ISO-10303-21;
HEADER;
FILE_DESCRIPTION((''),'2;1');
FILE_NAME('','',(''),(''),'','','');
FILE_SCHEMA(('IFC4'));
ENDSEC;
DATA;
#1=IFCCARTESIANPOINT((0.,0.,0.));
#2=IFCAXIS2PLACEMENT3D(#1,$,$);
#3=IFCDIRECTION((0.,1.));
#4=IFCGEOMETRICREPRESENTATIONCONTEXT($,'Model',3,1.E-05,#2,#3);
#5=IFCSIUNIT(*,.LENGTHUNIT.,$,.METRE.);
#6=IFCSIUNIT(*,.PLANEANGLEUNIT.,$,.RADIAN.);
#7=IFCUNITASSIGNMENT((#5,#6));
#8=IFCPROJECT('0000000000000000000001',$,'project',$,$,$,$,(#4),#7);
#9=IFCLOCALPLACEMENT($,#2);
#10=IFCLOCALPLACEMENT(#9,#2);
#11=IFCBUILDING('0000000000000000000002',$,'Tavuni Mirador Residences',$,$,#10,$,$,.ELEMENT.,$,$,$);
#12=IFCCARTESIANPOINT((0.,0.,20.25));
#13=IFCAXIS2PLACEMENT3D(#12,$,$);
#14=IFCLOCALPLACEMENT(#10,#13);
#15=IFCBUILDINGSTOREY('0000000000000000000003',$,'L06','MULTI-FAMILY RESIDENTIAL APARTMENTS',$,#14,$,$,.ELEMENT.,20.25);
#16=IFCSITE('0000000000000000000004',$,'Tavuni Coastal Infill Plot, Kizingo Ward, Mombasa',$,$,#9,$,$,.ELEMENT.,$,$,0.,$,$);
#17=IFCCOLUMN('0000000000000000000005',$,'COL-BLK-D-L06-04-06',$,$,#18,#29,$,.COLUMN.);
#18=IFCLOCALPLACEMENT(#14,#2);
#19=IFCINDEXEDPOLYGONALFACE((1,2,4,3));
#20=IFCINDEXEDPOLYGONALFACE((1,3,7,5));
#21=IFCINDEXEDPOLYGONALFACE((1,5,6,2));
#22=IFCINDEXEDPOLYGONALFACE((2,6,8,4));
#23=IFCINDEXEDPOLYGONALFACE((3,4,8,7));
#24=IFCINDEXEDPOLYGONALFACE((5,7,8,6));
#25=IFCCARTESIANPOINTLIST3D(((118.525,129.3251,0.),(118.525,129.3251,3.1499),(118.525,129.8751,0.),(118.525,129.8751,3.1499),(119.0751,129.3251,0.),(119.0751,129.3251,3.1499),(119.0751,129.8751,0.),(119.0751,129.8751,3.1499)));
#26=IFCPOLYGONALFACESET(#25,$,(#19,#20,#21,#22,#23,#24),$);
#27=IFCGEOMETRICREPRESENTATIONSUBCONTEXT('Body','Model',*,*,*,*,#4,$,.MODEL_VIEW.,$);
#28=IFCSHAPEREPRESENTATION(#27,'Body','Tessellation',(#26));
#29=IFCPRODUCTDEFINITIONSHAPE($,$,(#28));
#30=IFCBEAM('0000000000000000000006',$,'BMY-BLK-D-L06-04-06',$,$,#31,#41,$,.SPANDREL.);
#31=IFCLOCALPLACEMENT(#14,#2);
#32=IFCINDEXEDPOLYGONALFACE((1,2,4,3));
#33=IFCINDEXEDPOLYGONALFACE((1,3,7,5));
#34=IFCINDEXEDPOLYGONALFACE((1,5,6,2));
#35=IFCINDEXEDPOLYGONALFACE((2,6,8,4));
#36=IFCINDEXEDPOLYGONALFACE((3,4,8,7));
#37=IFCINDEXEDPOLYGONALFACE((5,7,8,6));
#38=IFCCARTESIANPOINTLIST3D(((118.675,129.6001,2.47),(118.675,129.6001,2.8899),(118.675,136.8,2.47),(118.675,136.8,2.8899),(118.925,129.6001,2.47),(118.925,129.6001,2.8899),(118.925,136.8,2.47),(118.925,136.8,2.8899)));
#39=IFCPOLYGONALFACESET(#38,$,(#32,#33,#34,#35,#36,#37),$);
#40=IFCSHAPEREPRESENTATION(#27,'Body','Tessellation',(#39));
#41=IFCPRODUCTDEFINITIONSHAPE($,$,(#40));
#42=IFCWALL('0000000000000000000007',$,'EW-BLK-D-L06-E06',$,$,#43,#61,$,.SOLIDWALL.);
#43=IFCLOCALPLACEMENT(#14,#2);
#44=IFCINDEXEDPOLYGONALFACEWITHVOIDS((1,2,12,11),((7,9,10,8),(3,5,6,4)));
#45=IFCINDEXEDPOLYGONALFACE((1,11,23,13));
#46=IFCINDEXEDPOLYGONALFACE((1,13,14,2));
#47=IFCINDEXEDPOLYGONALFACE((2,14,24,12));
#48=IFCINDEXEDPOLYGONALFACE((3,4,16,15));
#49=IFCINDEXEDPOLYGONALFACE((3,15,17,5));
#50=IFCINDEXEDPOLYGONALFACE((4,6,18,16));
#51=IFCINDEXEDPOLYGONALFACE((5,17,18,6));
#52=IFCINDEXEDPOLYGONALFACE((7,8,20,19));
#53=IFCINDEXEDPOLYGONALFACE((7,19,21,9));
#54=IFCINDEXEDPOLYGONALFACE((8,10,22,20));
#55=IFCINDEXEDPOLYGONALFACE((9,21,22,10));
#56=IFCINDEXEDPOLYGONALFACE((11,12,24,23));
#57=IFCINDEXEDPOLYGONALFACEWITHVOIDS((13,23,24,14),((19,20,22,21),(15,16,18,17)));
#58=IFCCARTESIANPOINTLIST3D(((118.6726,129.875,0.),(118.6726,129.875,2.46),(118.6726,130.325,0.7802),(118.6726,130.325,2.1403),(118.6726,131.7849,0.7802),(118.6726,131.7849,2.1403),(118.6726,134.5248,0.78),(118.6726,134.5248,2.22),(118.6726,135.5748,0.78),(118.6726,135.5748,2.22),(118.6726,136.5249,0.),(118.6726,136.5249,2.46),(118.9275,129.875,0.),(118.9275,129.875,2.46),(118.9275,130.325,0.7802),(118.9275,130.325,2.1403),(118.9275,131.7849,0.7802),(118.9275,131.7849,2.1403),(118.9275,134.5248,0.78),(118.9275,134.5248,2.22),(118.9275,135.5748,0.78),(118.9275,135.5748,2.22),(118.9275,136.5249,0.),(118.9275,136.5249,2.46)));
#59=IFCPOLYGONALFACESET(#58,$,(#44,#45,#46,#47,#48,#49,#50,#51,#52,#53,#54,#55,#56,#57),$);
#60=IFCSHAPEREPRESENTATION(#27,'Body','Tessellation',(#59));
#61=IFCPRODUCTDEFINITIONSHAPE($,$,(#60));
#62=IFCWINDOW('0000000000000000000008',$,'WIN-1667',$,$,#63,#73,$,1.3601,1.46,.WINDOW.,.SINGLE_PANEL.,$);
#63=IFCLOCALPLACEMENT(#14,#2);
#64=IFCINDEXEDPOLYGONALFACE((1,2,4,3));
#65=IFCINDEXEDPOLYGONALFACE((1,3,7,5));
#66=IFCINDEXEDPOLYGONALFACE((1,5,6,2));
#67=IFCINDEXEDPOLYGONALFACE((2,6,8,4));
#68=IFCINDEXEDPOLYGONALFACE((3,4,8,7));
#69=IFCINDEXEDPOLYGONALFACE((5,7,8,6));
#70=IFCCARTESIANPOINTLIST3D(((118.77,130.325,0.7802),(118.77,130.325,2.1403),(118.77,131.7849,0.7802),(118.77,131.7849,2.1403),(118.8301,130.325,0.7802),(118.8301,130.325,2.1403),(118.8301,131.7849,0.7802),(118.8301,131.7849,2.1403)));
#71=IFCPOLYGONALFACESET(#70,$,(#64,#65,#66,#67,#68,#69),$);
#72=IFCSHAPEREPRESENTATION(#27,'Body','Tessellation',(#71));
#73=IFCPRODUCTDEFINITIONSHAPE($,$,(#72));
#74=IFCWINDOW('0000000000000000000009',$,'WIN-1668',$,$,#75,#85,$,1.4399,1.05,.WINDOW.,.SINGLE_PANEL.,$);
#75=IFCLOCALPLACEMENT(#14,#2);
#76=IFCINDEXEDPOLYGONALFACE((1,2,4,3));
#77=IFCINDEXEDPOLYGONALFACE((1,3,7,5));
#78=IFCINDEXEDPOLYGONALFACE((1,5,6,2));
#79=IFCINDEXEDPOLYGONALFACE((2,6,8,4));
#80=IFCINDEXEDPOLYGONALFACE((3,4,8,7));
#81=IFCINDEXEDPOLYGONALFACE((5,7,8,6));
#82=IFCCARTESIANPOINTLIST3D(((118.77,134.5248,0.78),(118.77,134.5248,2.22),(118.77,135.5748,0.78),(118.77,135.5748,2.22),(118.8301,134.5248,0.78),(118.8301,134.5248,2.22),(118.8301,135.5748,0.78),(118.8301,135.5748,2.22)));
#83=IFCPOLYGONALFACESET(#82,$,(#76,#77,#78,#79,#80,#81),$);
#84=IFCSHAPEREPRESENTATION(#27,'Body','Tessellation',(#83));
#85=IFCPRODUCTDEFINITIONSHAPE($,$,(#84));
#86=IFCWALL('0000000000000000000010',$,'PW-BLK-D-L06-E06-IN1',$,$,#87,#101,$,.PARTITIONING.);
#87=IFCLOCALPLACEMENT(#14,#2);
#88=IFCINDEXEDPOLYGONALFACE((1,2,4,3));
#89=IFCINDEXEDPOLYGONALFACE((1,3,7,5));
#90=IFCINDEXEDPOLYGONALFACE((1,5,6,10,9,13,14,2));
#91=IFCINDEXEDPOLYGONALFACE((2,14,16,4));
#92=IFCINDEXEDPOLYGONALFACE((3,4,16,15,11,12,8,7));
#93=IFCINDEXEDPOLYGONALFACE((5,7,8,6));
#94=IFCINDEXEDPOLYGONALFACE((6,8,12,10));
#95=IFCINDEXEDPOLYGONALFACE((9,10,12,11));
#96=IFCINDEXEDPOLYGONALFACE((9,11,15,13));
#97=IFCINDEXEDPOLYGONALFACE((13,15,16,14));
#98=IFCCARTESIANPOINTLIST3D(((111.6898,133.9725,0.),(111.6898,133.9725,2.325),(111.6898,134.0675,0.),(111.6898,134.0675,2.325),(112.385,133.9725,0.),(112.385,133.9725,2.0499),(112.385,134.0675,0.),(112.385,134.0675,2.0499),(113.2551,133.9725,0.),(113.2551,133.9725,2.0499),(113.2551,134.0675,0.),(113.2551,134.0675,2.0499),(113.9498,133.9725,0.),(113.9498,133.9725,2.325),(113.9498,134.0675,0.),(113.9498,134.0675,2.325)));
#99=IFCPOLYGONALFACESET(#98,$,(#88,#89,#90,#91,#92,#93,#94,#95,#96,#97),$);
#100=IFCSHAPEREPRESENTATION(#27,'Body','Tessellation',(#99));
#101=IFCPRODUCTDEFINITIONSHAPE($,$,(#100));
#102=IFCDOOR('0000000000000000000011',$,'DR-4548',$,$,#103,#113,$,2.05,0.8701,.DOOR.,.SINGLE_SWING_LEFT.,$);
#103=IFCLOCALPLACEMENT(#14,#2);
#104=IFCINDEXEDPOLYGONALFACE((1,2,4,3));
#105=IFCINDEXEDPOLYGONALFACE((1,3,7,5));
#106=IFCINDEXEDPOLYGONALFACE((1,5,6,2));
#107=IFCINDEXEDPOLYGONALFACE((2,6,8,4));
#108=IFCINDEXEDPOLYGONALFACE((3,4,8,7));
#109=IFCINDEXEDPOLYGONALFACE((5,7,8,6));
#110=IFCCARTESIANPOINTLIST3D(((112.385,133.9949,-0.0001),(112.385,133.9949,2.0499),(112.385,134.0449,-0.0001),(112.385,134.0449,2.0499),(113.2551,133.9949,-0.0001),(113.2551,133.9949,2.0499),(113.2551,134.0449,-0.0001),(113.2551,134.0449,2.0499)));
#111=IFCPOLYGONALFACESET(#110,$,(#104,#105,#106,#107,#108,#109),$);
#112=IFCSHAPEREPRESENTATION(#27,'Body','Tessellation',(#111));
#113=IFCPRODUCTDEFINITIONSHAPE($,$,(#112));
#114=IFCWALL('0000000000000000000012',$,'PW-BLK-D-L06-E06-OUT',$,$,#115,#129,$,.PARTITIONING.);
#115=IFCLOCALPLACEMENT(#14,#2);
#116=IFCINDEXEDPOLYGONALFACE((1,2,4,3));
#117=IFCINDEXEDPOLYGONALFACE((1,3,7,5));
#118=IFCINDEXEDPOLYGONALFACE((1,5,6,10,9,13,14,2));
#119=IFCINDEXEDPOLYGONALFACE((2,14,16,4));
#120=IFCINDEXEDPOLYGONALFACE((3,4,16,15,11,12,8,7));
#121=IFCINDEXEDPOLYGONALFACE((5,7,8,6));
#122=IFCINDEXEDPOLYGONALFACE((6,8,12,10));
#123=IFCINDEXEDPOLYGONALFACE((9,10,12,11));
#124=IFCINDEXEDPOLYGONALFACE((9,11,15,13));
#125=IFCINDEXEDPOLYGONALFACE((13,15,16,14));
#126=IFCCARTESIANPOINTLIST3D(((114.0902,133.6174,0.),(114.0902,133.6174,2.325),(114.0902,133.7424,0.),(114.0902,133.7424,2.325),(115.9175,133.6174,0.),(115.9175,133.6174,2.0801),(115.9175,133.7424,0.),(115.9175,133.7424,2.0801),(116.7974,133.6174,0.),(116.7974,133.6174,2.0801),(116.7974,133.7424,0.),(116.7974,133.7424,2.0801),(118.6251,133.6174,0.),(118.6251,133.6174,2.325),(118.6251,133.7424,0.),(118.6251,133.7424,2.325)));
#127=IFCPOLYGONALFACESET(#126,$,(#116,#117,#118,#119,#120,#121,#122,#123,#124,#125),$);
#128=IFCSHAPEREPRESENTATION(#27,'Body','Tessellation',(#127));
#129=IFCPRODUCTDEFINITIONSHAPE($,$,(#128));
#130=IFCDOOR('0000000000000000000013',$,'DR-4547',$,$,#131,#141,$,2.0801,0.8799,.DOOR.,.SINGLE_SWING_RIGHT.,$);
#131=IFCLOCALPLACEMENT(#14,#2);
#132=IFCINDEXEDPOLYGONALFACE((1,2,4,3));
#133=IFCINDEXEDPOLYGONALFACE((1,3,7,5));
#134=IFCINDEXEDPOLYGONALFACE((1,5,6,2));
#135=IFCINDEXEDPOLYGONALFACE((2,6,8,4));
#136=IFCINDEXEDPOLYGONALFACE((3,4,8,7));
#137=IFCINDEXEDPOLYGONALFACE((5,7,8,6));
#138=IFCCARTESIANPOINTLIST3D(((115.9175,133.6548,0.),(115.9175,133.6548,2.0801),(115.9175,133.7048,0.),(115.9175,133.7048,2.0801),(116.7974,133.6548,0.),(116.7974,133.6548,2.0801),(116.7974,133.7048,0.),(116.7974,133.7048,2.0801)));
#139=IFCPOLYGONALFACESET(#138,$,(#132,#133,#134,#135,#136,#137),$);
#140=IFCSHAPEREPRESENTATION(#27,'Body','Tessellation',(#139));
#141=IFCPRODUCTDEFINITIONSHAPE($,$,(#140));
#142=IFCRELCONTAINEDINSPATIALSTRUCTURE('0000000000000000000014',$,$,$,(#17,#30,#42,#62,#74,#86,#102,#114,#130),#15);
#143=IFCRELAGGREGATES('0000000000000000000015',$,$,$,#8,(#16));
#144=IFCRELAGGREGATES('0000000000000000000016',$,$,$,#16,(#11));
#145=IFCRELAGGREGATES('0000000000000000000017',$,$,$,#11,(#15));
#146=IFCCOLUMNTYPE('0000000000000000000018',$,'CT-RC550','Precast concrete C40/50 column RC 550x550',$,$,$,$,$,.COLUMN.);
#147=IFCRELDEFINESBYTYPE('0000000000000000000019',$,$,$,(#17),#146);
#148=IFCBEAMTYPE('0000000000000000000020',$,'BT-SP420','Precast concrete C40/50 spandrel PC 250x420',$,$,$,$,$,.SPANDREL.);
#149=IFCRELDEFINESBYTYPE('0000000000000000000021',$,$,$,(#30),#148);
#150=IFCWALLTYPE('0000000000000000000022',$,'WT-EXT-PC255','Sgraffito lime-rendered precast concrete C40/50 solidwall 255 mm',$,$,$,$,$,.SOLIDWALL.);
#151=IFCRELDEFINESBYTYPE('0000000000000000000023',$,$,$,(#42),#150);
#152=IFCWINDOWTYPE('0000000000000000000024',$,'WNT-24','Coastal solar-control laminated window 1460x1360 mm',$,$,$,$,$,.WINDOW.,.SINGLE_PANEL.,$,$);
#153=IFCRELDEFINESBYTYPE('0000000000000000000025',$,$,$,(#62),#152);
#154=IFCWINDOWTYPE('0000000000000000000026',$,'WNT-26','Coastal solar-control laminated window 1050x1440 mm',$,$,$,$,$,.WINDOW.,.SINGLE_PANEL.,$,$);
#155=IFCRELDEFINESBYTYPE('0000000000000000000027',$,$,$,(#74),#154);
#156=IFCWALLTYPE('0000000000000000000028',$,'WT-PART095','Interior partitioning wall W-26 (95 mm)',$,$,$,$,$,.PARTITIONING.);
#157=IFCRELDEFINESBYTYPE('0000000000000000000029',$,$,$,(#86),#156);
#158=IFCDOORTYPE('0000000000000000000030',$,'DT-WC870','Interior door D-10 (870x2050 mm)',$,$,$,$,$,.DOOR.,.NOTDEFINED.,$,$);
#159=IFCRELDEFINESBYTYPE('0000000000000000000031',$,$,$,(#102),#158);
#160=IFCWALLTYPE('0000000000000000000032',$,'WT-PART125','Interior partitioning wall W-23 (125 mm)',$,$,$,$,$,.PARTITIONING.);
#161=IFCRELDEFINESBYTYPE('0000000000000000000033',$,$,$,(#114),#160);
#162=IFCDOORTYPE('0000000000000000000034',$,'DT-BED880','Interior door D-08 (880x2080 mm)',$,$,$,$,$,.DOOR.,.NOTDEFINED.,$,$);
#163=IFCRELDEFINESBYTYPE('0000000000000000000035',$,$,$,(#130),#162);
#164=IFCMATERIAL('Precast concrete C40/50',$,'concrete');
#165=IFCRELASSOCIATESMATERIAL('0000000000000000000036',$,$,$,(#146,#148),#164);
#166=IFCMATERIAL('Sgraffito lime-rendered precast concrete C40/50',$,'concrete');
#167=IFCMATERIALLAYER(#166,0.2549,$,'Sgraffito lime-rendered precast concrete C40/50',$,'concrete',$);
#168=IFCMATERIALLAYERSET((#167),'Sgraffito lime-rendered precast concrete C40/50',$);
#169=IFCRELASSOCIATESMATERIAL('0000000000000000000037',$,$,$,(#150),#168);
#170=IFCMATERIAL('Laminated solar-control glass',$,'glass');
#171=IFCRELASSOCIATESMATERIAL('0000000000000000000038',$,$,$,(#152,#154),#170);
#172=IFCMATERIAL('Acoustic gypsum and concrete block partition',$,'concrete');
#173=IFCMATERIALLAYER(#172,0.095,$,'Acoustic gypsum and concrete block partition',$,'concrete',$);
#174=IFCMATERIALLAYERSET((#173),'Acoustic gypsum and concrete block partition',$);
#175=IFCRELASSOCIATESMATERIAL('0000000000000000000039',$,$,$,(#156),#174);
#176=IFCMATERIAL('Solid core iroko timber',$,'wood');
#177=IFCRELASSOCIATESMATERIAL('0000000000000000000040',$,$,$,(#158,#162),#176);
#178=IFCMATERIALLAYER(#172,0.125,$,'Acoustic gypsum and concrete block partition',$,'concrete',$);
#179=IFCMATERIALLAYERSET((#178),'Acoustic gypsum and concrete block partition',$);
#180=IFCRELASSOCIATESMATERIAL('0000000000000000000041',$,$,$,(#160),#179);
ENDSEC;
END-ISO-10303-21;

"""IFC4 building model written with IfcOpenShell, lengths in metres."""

from ifc_helpers import new_model, si_unit, direction, frame, frame_2d, origin, origin_2d, place, context, subcontext, project, spatial, rectangle, extrude, material, layer, layer_set, material_profile, profile_set, type_object, element, fill, save


model = new_model("IFC4")

# Units and contexts
model_context = context("Model", 3, precision=1e-05, world=origin(), true_north=direction((0.0, 1.0)))
body_context = subcontext(model_context, "Body", "Model", "MODEL_VIEW")
ifc_project = project(units=[si_unit("LENGTHUNIT", "METRE"), si_unit("PLANEANGLEUNIT", "RADIAN")], contexts=[model_context])

# Site, building, storey
site_placement = place(None, origin())
site = spatial("IfcSite", under=ifc_project, at=site_placement, Name="Tavuni Coastal Infill Plot, Kizingo Ward, Mombasa", CompositionType="ELEMENT", RefElevation=0.0)
building_placement = place(site_placement, origin())
building = spatial("IfcBuilding", under=site, at=building_placement, Name="Tavuni Mirador Residences", CompositionType="ELEMENT")
storey_placement = place(building_placement, frame((0.0, 0.0, 20.25)))
storey = spatial("IfcBuildingStorey", under=building, at=storey_placement, Name="L06", Description="MULTI-FAMILY RESIDENTIAL APARTMENTS", CompositionType="ELEMENT", Elevation=20.25)

# Column
ifc_material_1 = material(Name="Precast concrete C40/50", Category="concrete")
ifc_material_profile_1 = material_profile(ifc_material_1, rectangle(XDim=0.55, YDim=0.55, at=origin_2d()), Name="RC 550x550", Category="concrete")
ifc_profile_set_1 = profile_set([ifc_material_profile_1], Name="Precast concrete C40/50")
column_type = type_object("IfcColumnType", Name="CT-RC550", Description="Precast concrete C40/50 column RC 550x550", PredefinedType="COLUMN", material=ifc_profile_set_1)
column_placement = place(storey_placement, frame((118.8, 129.6001, 0.0), z_axis=(0.0, 0.0, 1.0), x_axis=(1.0, 0.0, 0.0)))
element("IfcColumn", 1, at=column_placement, inside=storey, type_object=column_type, Name="COL-BLK-D-L06-04-06", PredefinedType="COLUMN", context=body_context, shape_type="SweptSolid", body=[
    extrude(rectangle(XDim=0.55, YDim=0.55, at=origin_2d()), origin(), (0.0, 0.0, 1.0), 3.1499),
])

# Beam
ifc_material_profile_2 = material_profile(ifc_material_1, rectangle(XDim=0.25, YDim=0.4199, at=origin_2d()), Name="PC 250x420", Category="concrete")
ifc_profile_set_2 = profile_set([ifc_material_profile_2], Name="Precast concrete C40/50")
beam_type = type_object("IfcBeamType", Name="BT-SP420", Description="Precast concrete C40/50 spandrel PC 250x420", PredefinedType="SPANDREL", material=ifc_profile_set_2)
beam_placement = place(storey_placement, frame((118.8, 129.6001, 2.6799), z_axis=(0.0, 1.0, 0.0), x_axis=(-1.0, 0.0, 0.0)))
element("IfcBeam", 2, at=beam_placement, inside=storey, type_object=beam_type, Name="BMY-BLK-D-L06-04-06", PredefinedType="SPANDREL", context=body_context, shape_type="SweptSolid", body=[
    extrude(rectangle(XDim=0.25, YDim=0.4199, at=origin_2d()), origin(), (0.0, 0.0, 1.0), 7.2),
])

# Wall, openings, windows
ifc_material_2 = material(Name="Sgraffito lime-rendered precast concrete C40/50", Category="concrete")
ifc_layer_1 = layer(ifc_material_2, 0.2549, Name="Sgraffito lime-rendered precast concrete C40/50", Category="concrete")
ifc_layer_set_1 = layer_set([ifc_layer_1], Name="Sgraffito lime-rendered precast concrete C40/50")
wall_type_1 = type_object("IfcWallType", Name="WT-EXT-PC255", Description="Sgraffito lime-rendered precast concrete C40/50 solidwall 255 mm", PredefinedType="SOLIDWALL", material=ifc_layer_set_1)
wall_1_placement = place(storey_placement, frame((118.8, 129.875, 0.0), z_axis=(0.0, 0.0, 1.0), x_axis=(0.0, 1.0, 0.0)))
wall_1 = element("IfcWall", 3, at=wall_1_placement, inside=storey, type_object=wall_type_1, Name="EW-BLK-D-L06-E06", PredefinedType="SOLIDWALL", context=body_context, shape_type="SweptSolid", body=[
    extrude(rectangle(XDim=6.6499, YDim=0.2549, at=frame_2d((3.325, 0.0))), origin(), (0.0, 0.0, 1.0), 2.46),
])
opening_1_placement = place(wall_1_placement, frame((0.45, 0.0, 0.78)))
opening_1 = element("IfcOpeningElement", 4, at=opening_1_placement, cuts=wall_1, PredefinedType="OPENING", context=body_context, shape_type="SweptSolid", body=[
    extrude(rectangle(XDim=1.46, YDim=1.3601, at=frame_2d((0.73, 0.6802))), frame((0.0, 0.1375, 0.0), z_axis=(0.0, -1.0, 0.0), x_axis=(1.0, 0.0, 0.0)), (0.0, 0.0, 1.0), 0.2749),
])
opening_2_placement = place(wall_1_placement, frame((4.6499, 0.0, 0.78)))
opening_2 = element("IfcOpeningElement", 5, at=opening_2_placement, cuts=wall_1, PredefinedType="OPENING", context=body_context, shape_type="SweptSolid", body=[
    extrude(rectangle(XDim=1.05, YDim=1.4399, at=frame_2d((0.5249, 0.72))), frame((0.0, 0.1375, 0.0), z_axis=(0.0, -1.0, 0.0), x_axis=(1.0, 0.0, 0.0)), (0.0, 0.0, 1.0), 0.2749),
])
ifc_material_3 = material(Name="Laminated solar-control glass", Category="glass")
window_type_1 = type_object("IfcWindowType", Name="WNT-24", Description="Coastal solar-control laminated window 1460x1360 mm", PartitioningType="SINGLE_PANEL", PredefinedType="WINDOW", material=ifc_material_3)
window_1_placement = place(opening_1_placement, origin())
window_1 = element("IfcWindow", 6, at=window_1_placement, inside=storey, type_object=window_type_1, Name="WIN-1667", OverallHeight=1.3601, OverallWidth=1.46, PartitioningType="SINGLE_PANEL", PredefinedType="WINDOW", context=body_context, shape_type="SweptSolid", body=[
    extrude(rectangle(XDim=1.46, YDim=1.3601, at=frame_2d((0.73, 0.6802))), frame((0.0, 0.03, 0.0), z_axis=(0.0, -1.0, 0.0), x_axis=(1.0, 0.0, 0.0)), (0.0, 0.0, 1.0), 0.0601),
])
fill(opening_1, window_1)
window_type_2 = type_object("IfcWindowType", Name="WNT-26", Description="Coastal solar-control laminated window 1050x1440 mm", PartitioningType="SINGLE_PANEL", PredefinedType="WINDOW", material=ifc_material_3)
window_2_placement = place(opening_2_placement, origin())
window_2 = element("IfcWindow", 7, at=window_2_placement, inside=storey, type_object=window_type_2, Name="WIN-1668", OverallHeight=1.4399, OverallWidth=1.05, PartitioningType="SINGLE_PANEL", PredefinedType="WINDOW", context=body_context, shape_type="SweptSolid", body=[
    extrude(rectangle(XDim=1.05, YDim=1.4399, at=frame_2d((0.5249, 0.72))), frame((0.0, 0.03, 0.0), z_axis=(0.0, -1.0, 0.0), x_axis=(1.0, 0.0, 0.0)), (0.0, 0.0, 1.0), 0.0601),
])
fill(opening_2, window_2)

# Walls, openings, doors
ifc_material_4 = material(Name="Acoustic gypsum and concrete block partition", Category="concrete")
ifc_layer_2 = layer(ifc_material_4, 0.095, Name="Acoustic gypsum and concrete block partition", Category="concrete")
ifc_layer_set_2 = layer_set([ifc_layer_2], Name="Acoustic gypsum and concrete block partition")
wall_type_2 = type_object("IfcWallType", Name="WT-PART095", Description="Interior partitioning wall W-26 (95 mm)", PredefinedType="PARTITIONING", material=ifc_layer_set_2)
wall_2_placement = place(storey_placement, frame((111.6899, 134.02, 0.0), z_axis=(0.0, 0.0, 1.0), x_axis=(1.0, 0.0, 0.0)))
wall_2 = element("IfcWall", 8, at=wall_2_placement, inside=storey, type_object=wall_type_2, Name="PW-BLK-D-L06-E06-IN1", PredefinedType="PARTITIONING", context=body_context, shape_type="SweptSolid", body=[
    extrude(rectangle(XDim=2.26, YDim=0.095, at=frame_2d((1.1299, 0.0))), origin(), (0.0, 0.0, 1.0), 2.325),
])
opening_3_placement = place(wall_2_placement, frame((0.6951, 0.0, 0.0)))
opening_3 = element("IfcOpeningElement", 9, at=opening_3_placement, cuts=wall_2, PredefinedType="OPENING", context=body_context, shape_type="SweptSolid", body=[
    extrude(rectangle(XDim=0.8701, YDim=2.05, at=frame_2d((0.4351, 1.0249))), frame((0.0, 0.0576, 0.0), z_axis=(0.0, -1.0, 0.0), x_axis=(1.0, 0.0, 0.0)), (0.0, 0.0, 1.0), 0.115),
])
ifc_material_5 = material(Name="Solid core iroko timber", Category="wood")
door_type_1 = type_object("IfcDoorType", Name="DT-WC870", Description="Interior door D-10 (870x2050 mm)", OperationType="NOTDEFINED", PredefinedType="DOOR", material=ifc_material_5)
door_1_placement = place(opening_3_placement, origin())
door_1 = element("IfcDoor", 10, at=door_1_placement, inside=storey, type_object=door_type_1, Name="DR-4548", OperationType="SINGLE_SWING_LEFT", OverallHeight=2.05, OverallWidth=0.8701, PredefinedType="DOOR", context=body_context, shape_type="SweptSolid", body=[
    extrude(rectangle(XDim=0.8701, YDim=2.05, at=frame_2d((0.4351, 1.0249))), frame((0.0, 0.0249, 0.0), z_axis=(0.0, -1.0, 0.0), x_axis=(1.0, 0.0, 0.0)), (0.0, 0.0, 1.0), 0.05),
])
fill(opening_3, door_1)
ifc_layer_3 = layer(ifc_material_4, 0.125, Name="Acoustic gypsum and concrete block partition", Category="concrete")
ifc_layer_set_3 = layer_set([ifc_layer_3], Name="Acoustic gypsum and concrete block partition")
wall_type_3 = type_object("IfcWallType", Name="WT-PART125", Description="Interior partitioning wall W-23 (125 mm)", PredefinedType="PARTITIONING", material=ifc_layer_set_3)
wall_3_placement = place(storey_placement, frame((114.0901, 133.6799, 0.0), z_axis=(0.0, 0.0, 1.0), x_axis=(1.0, 0.0, 0.0)))
wall_3 = element("IfcWall", 11, at=wall_3_placement, inside=storey, type_object=wall_type_3, Name="PW-BLK-D-L06-E06-OUT", PredefinedType="PARTITIONING", context=body_context, shape_type="SweptSolid", body=[
    extrude(rectangle(XDim=4.5349, YDim=0.125, at=frame_2d((2.2676, 0.0))), origin(), (0.0, 0.0, 1.0), 2.325),
])
opening_4_placement = place(wall_3_placement, frame((1.8274, 0.0, 0.0)))
opening_4 = element("IfcOpeningElement", 12, at=opening_4_placement, cuts=wall_3, PredefinedType="OPENING", context=body_context, shape_type="SweptSolid", body=[
    extrude(rectangle(XDim=0.8799, YDim=2.0801, at=frame_2d((0.4399, 1.04))), frame((0.0, 0.0725, 0.0), z_axis=(0.0, -1.0, 0.0), x_axis=(1.0, 0.0, 0.0)), (0.0, 0.0, 1.0), 0.145),
])
door_type_2 = type_object("IfcDoorType", Name="DT-BED880", Description="Interior door D-08 (880x2080 mm)", OperationType="NOTDEFINED", PredefinedType="DOOR", material=ifc_material_5)
door_2_placement = place(opening_4_placement, origin())
door_2 = element("IfcDoor", 13, at=door_2_placement, inside=storey, type_object=door_type_2, Name="DR-4547", OperationType="SINGLE_SWING_RIGHT", OverallHeight=2.0801, OverallWidth=0.8799, PredefinedType="DOOR", context=body_context, shape_type="SweptSolid", body=[
    extrude(rectangle(XDim=0.8799, YDim=2.0801, at=frame_2d((0.4399, 1.04))), frame((0.0, 0.0249, 0.0), z_axis=(0.0, -1.0, 0.0), x_axis=(1.0, 0.0, 0.0)), (0.0, 0.0, 1.0), 0.05),
])
fill(opening_4, door_2)

save(model, "model.ifc")
